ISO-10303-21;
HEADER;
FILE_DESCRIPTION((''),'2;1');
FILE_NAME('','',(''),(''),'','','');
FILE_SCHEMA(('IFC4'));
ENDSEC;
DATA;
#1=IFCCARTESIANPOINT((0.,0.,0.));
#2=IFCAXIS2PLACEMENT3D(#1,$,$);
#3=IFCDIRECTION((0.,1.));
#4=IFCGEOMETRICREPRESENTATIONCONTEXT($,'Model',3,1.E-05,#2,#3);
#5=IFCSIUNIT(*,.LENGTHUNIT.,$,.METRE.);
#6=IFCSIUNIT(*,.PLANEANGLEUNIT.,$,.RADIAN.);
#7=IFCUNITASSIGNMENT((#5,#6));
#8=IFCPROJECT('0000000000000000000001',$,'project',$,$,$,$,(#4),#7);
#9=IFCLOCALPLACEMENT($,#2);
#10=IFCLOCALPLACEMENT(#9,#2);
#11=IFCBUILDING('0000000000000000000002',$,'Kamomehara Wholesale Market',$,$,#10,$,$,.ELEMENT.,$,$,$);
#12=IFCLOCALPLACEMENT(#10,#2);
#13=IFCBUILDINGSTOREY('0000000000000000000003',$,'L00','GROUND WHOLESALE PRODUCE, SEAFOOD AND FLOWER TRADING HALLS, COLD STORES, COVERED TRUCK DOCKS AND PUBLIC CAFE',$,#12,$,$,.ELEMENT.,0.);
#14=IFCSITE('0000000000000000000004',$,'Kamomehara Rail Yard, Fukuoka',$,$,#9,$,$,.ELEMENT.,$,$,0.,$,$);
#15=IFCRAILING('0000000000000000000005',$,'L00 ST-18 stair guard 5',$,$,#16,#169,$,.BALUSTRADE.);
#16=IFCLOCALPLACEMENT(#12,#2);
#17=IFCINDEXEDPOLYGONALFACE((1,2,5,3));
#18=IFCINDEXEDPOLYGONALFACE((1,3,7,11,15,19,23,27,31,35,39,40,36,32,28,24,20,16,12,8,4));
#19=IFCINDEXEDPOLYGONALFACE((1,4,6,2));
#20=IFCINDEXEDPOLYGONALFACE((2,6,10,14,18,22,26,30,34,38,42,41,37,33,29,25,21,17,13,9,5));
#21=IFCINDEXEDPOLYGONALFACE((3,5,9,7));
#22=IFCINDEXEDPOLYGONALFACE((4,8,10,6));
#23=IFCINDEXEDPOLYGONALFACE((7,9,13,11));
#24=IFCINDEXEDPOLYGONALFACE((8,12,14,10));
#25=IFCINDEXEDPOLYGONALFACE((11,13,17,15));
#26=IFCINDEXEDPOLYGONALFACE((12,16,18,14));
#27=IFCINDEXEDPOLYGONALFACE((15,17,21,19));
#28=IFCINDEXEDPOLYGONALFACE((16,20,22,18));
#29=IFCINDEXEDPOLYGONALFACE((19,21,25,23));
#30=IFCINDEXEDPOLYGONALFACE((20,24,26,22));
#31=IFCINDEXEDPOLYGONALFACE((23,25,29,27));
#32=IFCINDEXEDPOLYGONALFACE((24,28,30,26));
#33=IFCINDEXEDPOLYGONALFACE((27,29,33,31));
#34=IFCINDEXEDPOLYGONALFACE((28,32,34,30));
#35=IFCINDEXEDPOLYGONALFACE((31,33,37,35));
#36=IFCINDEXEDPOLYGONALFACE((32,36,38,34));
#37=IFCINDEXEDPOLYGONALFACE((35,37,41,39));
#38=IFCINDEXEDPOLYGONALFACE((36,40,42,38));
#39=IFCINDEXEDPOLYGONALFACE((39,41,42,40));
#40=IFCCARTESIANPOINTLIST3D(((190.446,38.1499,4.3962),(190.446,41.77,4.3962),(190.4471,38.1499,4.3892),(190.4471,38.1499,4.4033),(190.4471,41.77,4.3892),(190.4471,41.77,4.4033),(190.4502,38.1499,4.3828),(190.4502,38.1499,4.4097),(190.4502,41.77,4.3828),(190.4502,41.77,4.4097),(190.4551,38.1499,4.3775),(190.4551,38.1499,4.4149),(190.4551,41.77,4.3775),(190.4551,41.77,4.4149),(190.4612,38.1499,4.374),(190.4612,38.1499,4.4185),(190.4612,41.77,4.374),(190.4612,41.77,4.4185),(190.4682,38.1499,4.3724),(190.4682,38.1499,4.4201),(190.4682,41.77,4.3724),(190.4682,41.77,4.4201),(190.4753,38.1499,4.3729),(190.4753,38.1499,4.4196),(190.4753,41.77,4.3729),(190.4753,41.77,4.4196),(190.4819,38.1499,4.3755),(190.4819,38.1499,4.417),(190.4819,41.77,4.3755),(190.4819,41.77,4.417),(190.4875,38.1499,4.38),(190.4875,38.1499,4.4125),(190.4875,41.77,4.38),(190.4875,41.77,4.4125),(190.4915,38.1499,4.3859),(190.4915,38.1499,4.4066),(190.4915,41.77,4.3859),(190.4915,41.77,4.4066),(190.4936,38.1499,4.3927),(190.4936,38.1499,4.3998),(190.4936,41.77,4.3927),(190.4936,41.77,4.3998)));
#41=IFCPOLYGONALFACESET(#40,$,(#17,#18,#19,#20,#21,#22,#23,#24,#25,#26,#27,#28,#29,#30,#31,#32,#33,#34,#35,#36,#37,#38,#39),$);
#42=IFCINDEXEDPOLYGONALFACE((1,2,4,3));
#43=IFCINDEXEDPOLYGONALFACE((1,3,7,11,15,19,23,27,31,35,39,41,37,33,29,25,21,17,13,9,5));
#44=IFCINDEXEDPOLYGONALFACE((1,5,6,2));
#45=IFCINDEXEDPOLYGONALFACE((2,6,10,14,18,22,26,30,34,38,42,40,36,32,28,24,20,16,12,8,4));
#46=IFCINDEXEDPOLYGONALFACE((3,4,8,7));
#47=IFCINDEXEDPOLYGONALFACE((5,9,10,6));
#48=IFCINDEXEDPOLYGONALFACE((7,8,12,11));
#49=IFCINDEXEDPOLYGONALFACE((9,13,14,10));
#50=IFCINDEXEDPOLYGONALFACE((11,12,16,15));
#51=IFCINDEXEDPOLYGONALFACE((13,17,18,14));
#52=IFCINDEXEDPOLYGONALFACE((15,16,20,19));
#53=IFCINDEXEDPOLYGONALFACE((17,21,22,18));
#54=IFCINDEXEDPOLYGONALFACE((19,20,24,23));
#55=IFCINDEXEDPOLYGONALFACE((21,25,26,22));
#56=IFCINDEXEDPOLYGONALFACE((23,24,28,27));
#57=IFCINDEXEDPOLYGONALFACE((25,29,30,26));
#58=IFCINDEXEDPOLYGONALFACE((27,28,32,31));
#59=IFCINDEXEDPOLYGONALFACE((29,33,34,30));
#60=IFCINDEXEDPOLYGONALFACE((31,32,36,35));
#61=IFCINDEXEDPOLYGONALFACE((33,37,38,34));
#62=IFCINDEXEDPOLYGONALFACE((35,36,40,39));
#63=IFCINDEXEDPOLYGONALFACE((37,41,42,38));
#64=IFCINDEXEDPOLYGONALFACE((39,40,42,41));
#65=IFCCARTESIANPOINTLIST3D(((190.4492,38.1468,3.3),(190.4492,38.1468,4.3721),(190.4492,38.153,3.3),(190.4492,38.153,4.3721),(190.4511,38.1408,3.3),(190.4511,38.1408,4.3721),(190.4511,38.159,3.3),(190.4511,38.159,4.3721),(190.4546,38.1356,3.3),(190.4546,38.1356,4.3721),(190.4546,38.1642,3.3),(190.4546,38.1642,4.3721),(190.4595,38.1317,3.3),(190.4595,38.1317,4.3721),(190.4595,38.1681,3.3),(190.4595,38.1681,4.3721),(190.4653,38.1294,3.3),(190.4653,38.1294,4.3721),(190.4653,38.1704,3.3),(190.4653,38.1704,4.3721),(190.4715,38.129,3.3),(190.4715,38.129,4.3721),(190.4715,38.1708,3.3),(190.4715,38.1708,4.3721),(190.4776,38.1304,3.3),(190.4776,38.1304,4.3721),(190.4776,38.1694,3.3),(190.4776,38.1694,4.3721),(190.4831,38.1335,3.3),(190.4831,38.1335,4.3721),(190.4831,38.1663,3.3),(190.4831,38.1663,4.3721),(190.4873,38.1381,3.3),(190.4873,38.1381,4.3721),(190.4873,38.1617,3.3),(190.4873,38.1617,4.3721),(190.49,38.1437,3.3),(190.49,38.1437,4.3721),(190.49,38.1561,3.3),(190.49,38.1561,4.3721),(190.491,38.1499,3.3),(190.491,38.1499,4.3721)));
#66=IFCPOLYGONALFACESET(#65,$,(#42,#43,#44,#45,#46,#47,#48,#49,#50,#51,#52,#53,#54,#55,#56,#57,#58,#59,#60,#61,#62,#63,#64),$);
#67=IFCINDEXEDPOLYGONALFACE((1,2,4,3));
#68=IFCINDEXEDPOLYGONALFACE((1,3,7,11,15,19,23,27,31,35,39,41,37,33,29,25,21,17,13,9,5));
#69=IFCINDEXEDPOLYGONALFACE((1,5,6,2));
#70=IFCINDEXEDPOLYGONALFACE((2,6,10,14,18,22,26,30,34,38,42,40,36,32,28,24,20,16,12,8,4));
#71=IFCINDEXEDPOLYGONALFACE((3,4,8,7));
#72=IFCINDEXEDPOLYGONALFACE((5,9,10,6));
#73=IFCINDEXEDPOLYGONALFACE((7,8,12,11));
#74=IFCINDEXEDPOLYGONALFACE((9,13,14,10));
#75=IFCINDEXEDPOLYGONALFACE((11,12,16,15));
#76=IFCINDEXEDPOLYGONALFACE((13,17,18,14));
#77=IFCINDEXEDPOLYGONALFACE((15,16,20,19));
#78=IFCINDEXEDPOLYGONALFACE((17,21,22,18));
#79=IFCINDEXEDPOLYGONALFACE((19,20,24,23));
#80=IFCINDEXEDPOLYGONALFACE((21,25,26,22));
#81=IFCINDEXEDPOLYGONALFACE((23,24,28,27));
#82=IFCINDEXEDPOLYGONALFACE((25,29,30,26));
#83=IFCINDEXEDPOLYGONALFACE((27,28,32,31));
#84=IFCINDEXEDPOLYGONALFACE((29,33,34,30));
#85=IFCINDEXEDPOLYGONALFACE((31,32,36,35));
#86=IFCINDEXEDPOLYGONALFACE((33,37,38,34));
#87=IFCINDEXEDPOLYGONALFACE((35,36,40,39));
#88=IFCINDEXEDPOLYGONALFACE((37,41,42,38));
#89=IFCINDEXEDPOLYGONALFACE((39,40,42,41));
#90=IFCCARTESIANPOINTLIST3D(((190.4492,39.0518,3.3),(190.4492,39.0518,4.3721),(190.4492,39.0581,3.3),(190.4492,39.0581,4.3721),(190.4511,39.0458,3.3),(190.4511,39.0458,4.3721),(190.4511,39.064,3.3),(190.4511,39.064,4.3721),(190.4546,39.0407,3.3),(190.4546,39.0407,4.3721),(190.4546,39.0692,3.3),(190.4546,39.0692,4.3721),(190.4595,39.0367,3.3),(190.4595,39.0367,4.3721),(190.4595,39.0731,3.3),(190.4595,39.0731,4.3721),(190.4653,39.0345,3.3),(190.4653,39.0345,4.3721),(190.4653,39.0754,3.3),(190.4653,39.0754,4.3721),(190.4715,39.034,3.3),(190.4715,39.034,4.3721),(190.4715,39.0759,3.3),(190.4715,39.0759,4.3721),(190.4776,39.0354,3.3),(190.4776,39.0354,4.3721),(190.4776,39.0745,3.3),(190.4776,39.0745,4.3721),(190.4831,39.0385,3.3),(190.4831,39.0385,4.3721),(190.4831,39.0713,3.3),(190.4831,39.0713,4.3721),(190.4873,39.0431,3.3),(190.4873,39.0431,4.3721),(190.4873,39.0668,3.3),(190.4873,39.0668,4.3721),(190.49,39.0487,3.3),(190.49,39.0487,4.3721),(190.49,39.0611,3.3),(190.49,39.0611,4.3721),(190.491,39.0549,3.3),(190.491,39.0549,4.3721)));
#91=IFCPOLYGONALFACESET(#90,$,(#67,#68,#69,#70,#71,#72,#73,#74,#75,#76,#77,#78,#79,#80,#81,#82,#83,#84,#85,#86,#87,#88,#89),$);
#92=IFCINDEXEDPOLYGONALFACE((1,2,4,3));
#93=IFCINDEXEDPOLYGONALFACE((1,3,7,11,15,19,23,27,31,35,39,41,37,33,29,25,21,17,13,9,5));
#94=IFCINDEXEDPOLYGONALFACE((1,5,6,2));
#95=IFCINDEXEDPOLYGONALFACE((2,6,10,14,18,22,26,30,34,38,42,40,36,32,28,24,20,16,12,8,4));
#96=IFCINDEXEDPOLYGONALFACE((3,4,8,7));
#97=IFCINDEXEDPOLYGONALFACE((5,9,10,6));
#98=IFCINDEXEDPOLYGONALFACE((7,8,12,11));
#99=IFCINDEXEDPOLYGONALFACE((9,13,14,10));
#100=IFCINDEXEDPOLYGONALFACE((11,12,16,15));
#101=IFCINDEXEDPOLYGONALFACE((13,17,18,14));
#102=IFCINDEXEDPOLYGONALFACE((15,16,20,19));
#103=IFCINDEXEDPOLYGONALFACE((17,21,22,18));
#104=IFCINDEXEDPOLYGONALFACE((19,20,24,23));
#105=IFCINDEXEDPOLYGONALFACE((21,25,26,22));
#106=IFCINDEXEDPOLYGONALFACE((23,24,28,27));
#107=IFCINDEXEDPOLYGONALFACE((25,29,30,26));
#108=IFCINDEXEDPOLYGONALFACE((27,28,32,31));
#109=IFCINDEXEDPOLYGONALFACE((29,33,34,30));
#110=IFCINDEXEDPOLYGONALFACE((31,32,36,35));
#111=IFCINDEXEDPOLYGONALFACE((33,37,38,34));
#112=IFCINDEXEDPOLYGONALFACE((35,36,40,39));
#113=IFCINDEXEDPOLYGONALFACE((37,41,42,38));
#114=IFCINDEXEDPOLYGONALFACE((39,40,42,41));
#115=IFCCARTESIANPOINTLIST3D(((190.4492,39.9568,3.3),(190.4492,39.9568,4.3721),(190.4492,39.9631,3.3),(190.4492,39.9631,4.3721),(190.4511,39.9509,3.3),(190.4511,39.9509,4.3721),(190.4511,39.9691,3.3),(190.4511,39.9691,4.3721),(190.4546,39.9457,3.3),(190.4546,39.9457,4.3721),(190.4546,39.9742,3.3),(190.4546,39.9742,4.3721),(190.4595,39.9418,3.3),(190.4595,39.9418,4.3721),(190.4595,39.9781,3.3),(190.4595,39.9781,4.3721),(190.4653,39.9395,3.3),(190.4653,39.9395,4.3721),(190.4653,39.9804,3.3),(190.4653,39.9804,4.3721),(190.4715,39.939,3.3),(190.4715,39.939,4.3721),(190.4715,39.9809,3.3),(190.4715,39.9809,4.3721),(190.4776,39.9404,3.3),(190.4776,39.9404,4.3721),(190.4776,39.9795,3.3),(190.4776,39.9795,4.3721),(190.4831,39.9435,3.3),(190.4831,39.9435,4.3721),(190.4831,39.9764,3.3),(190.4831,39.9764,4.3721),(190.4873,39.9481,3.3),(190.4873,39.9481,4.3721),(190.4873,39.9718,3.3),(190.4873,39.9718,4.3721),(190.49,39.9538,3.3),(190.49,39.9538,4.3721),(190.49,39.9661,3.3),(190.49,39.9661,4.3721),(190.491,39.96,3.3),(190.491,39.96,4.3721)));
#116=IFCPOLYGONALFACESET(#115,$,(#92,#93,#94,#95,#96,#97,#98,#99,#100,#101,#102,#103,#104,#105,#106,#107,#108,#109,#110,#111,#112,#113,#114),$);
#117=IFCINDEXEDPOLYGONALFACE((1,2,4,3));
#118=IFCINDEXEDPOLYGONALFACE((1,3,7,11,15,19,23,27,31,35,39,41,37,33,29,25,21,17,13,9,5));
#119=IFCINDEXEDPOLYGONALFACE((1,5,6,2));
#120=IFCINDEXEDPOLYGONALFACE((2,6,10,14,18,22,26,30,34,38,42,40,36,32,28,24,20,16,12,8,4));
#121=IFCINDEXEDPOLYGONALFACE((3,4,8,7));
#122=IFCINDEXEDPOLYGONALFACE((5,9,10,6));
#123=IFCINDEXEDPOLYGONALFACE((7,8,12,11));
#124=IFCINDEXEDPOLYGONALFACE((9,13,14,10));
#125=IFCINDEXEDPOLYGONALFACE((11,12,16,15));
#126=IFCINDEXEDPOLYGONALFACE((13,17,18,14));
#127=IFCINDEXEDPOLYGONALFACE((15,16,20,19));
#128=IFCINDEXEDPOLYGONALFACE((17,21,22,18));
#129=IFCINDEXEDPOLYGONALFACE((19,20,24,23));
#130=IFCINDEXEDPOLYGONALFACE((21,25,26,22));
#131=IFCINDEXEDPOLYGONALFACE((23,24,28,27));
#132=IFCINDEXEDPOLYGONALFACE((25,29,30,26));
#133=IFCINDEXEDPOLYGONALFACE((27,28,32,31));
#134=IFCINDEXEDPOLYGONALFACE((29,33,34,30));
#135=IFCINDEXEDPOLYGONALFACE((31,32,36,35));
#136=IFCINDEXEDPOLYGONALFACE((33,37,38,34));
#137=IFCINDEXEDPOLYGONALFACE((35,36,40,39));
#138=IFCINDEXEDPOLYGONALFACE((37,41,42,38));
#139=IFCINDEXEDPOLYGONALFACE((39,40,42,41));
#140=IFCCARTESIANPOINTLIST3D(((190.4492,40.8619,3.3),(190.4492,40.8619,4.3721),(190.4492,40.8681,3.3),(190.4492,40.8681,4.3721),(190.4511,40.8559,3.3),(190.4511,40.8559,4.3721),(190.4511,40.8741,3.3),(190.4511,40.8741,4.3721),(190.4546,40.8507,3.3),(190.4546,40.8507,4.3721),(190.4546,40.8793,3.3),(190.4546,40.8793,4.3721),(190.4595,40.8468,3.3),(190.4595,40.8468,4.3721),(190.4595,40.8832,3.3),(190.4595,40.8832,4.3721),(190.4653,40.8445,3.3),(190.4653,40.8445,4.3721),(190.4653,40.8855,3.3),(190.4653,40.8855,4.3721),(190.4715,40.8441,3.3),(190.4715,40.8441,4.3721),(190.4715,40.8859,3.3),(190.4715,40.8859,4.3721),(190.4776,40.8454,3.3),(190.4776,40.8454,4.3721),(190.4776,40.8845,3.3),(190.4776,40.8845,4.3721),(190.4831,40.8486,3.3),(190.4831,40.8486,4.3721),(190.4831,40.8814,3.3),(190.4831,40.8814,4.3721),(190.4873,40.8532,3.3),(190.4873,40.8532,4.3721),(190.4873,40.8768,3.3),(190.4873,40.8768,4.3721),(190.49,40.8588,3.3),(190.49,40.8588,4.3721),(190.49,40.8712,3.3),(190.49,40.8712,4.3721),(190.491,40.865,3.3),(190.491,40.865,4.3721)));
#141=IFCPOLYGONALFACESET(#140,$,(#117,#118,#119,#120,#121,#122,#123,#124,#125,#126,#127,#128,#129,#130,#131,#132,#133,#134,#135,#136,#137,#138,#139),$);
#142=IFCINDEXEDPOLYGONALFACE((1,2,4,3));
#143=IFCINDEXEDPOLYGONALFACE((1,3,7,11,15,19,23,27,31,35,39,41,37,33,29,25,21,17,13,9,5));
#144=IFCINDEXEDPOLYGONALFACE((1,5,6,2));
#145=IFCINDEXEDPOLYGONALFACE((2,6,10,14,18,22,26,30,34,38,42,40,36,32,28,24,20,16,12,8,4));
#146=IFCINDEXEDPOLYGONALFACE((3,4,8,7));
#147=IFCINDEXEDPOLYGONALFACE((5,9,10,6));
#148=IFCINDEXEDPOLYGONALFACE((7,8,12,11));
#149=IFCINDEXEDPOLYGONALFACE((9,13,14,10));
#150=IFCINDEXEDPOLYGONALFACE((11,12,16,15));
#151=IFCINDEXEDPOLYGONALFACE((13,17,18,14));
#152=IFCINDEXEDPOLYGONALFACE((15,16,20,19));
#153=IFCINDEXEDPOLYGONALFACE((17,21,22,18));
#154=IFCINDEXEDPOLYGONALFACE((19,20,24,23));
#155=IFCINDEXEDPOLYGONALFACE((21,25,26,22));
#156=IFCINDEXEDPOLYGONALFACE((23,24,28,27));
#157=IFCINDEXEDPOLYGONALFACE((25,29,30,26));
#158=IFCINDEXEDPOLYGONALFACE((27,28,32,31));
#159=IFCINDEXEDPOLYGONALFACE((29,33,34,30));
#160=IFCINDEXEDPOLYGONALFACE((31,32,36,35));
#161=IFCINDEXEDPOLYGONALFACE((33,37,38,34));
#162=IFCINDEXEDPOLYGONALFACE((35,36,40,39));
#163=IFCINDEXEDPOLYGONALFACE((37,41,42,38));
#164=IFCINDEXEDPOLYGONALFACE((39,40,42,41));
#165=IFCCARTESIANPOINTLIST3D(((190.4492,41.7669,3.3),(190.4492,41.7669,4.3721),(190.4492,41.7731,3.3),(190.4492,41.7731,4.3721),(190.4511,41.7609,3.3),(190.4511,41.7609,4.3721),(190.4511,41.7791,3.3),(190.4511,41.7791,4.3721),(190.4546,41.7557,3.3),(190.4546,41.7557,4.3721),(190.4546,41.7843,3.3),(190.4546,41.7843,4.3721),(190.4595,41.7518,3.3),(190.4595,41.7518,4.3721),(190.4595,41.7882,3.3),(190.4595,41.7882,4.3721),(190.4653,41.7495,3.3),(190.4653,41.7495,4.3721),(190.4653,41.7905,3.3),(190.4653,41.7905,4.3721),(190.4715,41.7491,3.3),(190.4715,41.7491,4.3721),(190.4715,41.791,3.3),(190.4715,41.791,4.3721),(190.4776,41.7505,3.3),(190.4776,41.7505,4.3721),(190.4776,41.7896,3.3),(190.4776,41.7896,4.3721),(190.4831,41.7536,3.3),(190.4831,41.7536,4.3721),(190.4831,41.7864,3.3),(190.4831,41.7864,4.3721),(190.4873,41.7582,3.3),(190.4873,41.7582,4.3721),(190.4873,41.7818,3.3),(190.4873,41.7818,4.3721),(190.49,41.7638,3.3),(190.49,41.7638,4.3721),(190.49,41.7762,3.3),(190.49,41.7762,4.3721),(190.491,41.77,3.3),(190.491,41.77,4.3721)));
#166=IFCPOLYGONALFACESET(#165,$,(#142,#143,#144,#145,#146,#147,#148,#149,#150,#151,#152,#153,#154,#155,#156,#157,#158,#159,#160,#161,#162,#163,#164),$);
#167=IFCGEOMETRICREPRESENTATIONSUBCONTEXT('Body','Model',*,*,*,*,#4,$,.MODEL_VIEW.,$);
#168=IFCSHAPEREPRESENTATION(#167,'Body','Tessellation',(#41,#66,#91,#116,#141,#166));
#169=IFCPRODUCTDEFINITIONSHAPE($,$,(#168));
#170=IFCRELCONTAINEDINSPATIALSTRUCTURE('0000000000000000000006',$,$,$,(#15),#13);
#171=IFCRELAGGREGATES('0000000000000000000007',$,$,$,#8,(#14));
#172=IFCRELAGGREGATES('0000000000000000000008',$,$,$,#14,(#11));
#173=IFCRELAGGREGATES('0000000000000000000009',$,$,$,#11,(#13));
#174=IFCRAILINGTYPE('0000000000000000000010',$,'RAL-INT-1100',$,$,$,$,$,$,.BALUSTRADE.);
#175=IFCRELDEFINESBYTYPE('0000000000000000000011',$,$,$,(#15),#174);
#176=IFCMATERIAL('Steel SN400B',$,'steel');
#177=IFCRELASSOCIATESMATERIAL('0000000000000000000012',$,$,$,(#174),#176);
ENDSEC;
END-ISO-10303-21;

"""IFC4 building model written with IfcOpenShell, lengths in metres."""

from ifc_helpers import new_model, si_unit, direction, frame, origin, origin_2d, place, context, subcontext, project, spatial, circle, extrude, material, type_object, element, save


model = new_model("IFC4")

# Units and contexts
model_context = context("Model", 3, precision=1e-05, world=origin(), true_north=direction((0.0, 1.0)))
body_context = subcontext(model_context, "Body", "Model", "MODEL_VIEW")
ifc_project = project(units=[si_unit("LENGTHUNIT", "METRE"), si_unit("PLANEANGLEUNIT", "RADIAN")], contexts=[model_context])

# Site, building, storey
site_placement = place(None, origin())
site = spatial("IfcSite", under=ifc_project, at=site_placement, Name="Kamomehara Rail Yard, Fukuoka", CompositionType="ELEMENT", RefElevation=0.0)
building_placement = place(site_placement, origin())
building = spatial("IfcBuilding", under=site, at=building_placement, Name="Kamomehara Wholesale Market", CompositionType="ELEMENT")
storey_placement = place(building_placement, origin())
storey = spatial("IfcBuildingStorey", under=building, at=storey_placement, Name="L00", Description="GROUND WHOLESALE PRODUCE, SEAFOOD AND FLOWER TRADING HALLS, COLD STORES, COVERED TRUCK DOCKS AND PUBLIC CAFE", CompositionType="ELEMENT", Elevation=0.0)

# Railing
ifc_material_1 = material(Name="Steel SN400B", Category="steel")
railing_type_1 = type_object("IfcRailingType", Name="RAL-INT-1100", PredefinedType="BALUSTRADE", material=ifc_material_1)
railing_1_placement = place(storey_placement, frame((190.47, 38.1499, 3.3)))
element("IfcRailing", 1, at=railing_1_placement, inside=storey, type_object=railing_type_1, Name="L00 ST-18 stair guard 5", PredefinedType="BALUSTRADE", context=body_context, shape_type="SweptSolid", body=[
    extrude(circle(Radius=0.0239, at=origin_2d()), frame((0.0, 0.0, 1.0962), z_axis=(0.0, 1.0, 0.0), x_axis=(-1.0, 0.0, 0.0)), (0.0, 0.0, 1.0), 3.6201),
    extrude(circle(Radius=0.021, at=origin_2d()), origin(), (0.0, 0.0, 1.0), 1.072),
    extrude(circle(Radius=0.021, at=origin_2d()), frame((0.0, 0.905, 0.0)), (0.0, 0.0, 1.0), 1.072),
    extrude(circle(Radius=0.021, at=origin_2d()), frame((0.0, 1.8101, 0.0)), (0.0, 0.0, 1.0), 1.072),
    extrude(circle(Radius=0.021, at=origin_2d()), frame((0.0, 2.7151, 0.0)), (0.0, 0.0, 1.0), 1.072),
    extrude(circle(Radius=0.021, at=origin_2d()), frame((0.0, 3.6201, 0.0)), (0.0, 0.0, 1.0), 1.072),
])

save(model, "model.ifc")
